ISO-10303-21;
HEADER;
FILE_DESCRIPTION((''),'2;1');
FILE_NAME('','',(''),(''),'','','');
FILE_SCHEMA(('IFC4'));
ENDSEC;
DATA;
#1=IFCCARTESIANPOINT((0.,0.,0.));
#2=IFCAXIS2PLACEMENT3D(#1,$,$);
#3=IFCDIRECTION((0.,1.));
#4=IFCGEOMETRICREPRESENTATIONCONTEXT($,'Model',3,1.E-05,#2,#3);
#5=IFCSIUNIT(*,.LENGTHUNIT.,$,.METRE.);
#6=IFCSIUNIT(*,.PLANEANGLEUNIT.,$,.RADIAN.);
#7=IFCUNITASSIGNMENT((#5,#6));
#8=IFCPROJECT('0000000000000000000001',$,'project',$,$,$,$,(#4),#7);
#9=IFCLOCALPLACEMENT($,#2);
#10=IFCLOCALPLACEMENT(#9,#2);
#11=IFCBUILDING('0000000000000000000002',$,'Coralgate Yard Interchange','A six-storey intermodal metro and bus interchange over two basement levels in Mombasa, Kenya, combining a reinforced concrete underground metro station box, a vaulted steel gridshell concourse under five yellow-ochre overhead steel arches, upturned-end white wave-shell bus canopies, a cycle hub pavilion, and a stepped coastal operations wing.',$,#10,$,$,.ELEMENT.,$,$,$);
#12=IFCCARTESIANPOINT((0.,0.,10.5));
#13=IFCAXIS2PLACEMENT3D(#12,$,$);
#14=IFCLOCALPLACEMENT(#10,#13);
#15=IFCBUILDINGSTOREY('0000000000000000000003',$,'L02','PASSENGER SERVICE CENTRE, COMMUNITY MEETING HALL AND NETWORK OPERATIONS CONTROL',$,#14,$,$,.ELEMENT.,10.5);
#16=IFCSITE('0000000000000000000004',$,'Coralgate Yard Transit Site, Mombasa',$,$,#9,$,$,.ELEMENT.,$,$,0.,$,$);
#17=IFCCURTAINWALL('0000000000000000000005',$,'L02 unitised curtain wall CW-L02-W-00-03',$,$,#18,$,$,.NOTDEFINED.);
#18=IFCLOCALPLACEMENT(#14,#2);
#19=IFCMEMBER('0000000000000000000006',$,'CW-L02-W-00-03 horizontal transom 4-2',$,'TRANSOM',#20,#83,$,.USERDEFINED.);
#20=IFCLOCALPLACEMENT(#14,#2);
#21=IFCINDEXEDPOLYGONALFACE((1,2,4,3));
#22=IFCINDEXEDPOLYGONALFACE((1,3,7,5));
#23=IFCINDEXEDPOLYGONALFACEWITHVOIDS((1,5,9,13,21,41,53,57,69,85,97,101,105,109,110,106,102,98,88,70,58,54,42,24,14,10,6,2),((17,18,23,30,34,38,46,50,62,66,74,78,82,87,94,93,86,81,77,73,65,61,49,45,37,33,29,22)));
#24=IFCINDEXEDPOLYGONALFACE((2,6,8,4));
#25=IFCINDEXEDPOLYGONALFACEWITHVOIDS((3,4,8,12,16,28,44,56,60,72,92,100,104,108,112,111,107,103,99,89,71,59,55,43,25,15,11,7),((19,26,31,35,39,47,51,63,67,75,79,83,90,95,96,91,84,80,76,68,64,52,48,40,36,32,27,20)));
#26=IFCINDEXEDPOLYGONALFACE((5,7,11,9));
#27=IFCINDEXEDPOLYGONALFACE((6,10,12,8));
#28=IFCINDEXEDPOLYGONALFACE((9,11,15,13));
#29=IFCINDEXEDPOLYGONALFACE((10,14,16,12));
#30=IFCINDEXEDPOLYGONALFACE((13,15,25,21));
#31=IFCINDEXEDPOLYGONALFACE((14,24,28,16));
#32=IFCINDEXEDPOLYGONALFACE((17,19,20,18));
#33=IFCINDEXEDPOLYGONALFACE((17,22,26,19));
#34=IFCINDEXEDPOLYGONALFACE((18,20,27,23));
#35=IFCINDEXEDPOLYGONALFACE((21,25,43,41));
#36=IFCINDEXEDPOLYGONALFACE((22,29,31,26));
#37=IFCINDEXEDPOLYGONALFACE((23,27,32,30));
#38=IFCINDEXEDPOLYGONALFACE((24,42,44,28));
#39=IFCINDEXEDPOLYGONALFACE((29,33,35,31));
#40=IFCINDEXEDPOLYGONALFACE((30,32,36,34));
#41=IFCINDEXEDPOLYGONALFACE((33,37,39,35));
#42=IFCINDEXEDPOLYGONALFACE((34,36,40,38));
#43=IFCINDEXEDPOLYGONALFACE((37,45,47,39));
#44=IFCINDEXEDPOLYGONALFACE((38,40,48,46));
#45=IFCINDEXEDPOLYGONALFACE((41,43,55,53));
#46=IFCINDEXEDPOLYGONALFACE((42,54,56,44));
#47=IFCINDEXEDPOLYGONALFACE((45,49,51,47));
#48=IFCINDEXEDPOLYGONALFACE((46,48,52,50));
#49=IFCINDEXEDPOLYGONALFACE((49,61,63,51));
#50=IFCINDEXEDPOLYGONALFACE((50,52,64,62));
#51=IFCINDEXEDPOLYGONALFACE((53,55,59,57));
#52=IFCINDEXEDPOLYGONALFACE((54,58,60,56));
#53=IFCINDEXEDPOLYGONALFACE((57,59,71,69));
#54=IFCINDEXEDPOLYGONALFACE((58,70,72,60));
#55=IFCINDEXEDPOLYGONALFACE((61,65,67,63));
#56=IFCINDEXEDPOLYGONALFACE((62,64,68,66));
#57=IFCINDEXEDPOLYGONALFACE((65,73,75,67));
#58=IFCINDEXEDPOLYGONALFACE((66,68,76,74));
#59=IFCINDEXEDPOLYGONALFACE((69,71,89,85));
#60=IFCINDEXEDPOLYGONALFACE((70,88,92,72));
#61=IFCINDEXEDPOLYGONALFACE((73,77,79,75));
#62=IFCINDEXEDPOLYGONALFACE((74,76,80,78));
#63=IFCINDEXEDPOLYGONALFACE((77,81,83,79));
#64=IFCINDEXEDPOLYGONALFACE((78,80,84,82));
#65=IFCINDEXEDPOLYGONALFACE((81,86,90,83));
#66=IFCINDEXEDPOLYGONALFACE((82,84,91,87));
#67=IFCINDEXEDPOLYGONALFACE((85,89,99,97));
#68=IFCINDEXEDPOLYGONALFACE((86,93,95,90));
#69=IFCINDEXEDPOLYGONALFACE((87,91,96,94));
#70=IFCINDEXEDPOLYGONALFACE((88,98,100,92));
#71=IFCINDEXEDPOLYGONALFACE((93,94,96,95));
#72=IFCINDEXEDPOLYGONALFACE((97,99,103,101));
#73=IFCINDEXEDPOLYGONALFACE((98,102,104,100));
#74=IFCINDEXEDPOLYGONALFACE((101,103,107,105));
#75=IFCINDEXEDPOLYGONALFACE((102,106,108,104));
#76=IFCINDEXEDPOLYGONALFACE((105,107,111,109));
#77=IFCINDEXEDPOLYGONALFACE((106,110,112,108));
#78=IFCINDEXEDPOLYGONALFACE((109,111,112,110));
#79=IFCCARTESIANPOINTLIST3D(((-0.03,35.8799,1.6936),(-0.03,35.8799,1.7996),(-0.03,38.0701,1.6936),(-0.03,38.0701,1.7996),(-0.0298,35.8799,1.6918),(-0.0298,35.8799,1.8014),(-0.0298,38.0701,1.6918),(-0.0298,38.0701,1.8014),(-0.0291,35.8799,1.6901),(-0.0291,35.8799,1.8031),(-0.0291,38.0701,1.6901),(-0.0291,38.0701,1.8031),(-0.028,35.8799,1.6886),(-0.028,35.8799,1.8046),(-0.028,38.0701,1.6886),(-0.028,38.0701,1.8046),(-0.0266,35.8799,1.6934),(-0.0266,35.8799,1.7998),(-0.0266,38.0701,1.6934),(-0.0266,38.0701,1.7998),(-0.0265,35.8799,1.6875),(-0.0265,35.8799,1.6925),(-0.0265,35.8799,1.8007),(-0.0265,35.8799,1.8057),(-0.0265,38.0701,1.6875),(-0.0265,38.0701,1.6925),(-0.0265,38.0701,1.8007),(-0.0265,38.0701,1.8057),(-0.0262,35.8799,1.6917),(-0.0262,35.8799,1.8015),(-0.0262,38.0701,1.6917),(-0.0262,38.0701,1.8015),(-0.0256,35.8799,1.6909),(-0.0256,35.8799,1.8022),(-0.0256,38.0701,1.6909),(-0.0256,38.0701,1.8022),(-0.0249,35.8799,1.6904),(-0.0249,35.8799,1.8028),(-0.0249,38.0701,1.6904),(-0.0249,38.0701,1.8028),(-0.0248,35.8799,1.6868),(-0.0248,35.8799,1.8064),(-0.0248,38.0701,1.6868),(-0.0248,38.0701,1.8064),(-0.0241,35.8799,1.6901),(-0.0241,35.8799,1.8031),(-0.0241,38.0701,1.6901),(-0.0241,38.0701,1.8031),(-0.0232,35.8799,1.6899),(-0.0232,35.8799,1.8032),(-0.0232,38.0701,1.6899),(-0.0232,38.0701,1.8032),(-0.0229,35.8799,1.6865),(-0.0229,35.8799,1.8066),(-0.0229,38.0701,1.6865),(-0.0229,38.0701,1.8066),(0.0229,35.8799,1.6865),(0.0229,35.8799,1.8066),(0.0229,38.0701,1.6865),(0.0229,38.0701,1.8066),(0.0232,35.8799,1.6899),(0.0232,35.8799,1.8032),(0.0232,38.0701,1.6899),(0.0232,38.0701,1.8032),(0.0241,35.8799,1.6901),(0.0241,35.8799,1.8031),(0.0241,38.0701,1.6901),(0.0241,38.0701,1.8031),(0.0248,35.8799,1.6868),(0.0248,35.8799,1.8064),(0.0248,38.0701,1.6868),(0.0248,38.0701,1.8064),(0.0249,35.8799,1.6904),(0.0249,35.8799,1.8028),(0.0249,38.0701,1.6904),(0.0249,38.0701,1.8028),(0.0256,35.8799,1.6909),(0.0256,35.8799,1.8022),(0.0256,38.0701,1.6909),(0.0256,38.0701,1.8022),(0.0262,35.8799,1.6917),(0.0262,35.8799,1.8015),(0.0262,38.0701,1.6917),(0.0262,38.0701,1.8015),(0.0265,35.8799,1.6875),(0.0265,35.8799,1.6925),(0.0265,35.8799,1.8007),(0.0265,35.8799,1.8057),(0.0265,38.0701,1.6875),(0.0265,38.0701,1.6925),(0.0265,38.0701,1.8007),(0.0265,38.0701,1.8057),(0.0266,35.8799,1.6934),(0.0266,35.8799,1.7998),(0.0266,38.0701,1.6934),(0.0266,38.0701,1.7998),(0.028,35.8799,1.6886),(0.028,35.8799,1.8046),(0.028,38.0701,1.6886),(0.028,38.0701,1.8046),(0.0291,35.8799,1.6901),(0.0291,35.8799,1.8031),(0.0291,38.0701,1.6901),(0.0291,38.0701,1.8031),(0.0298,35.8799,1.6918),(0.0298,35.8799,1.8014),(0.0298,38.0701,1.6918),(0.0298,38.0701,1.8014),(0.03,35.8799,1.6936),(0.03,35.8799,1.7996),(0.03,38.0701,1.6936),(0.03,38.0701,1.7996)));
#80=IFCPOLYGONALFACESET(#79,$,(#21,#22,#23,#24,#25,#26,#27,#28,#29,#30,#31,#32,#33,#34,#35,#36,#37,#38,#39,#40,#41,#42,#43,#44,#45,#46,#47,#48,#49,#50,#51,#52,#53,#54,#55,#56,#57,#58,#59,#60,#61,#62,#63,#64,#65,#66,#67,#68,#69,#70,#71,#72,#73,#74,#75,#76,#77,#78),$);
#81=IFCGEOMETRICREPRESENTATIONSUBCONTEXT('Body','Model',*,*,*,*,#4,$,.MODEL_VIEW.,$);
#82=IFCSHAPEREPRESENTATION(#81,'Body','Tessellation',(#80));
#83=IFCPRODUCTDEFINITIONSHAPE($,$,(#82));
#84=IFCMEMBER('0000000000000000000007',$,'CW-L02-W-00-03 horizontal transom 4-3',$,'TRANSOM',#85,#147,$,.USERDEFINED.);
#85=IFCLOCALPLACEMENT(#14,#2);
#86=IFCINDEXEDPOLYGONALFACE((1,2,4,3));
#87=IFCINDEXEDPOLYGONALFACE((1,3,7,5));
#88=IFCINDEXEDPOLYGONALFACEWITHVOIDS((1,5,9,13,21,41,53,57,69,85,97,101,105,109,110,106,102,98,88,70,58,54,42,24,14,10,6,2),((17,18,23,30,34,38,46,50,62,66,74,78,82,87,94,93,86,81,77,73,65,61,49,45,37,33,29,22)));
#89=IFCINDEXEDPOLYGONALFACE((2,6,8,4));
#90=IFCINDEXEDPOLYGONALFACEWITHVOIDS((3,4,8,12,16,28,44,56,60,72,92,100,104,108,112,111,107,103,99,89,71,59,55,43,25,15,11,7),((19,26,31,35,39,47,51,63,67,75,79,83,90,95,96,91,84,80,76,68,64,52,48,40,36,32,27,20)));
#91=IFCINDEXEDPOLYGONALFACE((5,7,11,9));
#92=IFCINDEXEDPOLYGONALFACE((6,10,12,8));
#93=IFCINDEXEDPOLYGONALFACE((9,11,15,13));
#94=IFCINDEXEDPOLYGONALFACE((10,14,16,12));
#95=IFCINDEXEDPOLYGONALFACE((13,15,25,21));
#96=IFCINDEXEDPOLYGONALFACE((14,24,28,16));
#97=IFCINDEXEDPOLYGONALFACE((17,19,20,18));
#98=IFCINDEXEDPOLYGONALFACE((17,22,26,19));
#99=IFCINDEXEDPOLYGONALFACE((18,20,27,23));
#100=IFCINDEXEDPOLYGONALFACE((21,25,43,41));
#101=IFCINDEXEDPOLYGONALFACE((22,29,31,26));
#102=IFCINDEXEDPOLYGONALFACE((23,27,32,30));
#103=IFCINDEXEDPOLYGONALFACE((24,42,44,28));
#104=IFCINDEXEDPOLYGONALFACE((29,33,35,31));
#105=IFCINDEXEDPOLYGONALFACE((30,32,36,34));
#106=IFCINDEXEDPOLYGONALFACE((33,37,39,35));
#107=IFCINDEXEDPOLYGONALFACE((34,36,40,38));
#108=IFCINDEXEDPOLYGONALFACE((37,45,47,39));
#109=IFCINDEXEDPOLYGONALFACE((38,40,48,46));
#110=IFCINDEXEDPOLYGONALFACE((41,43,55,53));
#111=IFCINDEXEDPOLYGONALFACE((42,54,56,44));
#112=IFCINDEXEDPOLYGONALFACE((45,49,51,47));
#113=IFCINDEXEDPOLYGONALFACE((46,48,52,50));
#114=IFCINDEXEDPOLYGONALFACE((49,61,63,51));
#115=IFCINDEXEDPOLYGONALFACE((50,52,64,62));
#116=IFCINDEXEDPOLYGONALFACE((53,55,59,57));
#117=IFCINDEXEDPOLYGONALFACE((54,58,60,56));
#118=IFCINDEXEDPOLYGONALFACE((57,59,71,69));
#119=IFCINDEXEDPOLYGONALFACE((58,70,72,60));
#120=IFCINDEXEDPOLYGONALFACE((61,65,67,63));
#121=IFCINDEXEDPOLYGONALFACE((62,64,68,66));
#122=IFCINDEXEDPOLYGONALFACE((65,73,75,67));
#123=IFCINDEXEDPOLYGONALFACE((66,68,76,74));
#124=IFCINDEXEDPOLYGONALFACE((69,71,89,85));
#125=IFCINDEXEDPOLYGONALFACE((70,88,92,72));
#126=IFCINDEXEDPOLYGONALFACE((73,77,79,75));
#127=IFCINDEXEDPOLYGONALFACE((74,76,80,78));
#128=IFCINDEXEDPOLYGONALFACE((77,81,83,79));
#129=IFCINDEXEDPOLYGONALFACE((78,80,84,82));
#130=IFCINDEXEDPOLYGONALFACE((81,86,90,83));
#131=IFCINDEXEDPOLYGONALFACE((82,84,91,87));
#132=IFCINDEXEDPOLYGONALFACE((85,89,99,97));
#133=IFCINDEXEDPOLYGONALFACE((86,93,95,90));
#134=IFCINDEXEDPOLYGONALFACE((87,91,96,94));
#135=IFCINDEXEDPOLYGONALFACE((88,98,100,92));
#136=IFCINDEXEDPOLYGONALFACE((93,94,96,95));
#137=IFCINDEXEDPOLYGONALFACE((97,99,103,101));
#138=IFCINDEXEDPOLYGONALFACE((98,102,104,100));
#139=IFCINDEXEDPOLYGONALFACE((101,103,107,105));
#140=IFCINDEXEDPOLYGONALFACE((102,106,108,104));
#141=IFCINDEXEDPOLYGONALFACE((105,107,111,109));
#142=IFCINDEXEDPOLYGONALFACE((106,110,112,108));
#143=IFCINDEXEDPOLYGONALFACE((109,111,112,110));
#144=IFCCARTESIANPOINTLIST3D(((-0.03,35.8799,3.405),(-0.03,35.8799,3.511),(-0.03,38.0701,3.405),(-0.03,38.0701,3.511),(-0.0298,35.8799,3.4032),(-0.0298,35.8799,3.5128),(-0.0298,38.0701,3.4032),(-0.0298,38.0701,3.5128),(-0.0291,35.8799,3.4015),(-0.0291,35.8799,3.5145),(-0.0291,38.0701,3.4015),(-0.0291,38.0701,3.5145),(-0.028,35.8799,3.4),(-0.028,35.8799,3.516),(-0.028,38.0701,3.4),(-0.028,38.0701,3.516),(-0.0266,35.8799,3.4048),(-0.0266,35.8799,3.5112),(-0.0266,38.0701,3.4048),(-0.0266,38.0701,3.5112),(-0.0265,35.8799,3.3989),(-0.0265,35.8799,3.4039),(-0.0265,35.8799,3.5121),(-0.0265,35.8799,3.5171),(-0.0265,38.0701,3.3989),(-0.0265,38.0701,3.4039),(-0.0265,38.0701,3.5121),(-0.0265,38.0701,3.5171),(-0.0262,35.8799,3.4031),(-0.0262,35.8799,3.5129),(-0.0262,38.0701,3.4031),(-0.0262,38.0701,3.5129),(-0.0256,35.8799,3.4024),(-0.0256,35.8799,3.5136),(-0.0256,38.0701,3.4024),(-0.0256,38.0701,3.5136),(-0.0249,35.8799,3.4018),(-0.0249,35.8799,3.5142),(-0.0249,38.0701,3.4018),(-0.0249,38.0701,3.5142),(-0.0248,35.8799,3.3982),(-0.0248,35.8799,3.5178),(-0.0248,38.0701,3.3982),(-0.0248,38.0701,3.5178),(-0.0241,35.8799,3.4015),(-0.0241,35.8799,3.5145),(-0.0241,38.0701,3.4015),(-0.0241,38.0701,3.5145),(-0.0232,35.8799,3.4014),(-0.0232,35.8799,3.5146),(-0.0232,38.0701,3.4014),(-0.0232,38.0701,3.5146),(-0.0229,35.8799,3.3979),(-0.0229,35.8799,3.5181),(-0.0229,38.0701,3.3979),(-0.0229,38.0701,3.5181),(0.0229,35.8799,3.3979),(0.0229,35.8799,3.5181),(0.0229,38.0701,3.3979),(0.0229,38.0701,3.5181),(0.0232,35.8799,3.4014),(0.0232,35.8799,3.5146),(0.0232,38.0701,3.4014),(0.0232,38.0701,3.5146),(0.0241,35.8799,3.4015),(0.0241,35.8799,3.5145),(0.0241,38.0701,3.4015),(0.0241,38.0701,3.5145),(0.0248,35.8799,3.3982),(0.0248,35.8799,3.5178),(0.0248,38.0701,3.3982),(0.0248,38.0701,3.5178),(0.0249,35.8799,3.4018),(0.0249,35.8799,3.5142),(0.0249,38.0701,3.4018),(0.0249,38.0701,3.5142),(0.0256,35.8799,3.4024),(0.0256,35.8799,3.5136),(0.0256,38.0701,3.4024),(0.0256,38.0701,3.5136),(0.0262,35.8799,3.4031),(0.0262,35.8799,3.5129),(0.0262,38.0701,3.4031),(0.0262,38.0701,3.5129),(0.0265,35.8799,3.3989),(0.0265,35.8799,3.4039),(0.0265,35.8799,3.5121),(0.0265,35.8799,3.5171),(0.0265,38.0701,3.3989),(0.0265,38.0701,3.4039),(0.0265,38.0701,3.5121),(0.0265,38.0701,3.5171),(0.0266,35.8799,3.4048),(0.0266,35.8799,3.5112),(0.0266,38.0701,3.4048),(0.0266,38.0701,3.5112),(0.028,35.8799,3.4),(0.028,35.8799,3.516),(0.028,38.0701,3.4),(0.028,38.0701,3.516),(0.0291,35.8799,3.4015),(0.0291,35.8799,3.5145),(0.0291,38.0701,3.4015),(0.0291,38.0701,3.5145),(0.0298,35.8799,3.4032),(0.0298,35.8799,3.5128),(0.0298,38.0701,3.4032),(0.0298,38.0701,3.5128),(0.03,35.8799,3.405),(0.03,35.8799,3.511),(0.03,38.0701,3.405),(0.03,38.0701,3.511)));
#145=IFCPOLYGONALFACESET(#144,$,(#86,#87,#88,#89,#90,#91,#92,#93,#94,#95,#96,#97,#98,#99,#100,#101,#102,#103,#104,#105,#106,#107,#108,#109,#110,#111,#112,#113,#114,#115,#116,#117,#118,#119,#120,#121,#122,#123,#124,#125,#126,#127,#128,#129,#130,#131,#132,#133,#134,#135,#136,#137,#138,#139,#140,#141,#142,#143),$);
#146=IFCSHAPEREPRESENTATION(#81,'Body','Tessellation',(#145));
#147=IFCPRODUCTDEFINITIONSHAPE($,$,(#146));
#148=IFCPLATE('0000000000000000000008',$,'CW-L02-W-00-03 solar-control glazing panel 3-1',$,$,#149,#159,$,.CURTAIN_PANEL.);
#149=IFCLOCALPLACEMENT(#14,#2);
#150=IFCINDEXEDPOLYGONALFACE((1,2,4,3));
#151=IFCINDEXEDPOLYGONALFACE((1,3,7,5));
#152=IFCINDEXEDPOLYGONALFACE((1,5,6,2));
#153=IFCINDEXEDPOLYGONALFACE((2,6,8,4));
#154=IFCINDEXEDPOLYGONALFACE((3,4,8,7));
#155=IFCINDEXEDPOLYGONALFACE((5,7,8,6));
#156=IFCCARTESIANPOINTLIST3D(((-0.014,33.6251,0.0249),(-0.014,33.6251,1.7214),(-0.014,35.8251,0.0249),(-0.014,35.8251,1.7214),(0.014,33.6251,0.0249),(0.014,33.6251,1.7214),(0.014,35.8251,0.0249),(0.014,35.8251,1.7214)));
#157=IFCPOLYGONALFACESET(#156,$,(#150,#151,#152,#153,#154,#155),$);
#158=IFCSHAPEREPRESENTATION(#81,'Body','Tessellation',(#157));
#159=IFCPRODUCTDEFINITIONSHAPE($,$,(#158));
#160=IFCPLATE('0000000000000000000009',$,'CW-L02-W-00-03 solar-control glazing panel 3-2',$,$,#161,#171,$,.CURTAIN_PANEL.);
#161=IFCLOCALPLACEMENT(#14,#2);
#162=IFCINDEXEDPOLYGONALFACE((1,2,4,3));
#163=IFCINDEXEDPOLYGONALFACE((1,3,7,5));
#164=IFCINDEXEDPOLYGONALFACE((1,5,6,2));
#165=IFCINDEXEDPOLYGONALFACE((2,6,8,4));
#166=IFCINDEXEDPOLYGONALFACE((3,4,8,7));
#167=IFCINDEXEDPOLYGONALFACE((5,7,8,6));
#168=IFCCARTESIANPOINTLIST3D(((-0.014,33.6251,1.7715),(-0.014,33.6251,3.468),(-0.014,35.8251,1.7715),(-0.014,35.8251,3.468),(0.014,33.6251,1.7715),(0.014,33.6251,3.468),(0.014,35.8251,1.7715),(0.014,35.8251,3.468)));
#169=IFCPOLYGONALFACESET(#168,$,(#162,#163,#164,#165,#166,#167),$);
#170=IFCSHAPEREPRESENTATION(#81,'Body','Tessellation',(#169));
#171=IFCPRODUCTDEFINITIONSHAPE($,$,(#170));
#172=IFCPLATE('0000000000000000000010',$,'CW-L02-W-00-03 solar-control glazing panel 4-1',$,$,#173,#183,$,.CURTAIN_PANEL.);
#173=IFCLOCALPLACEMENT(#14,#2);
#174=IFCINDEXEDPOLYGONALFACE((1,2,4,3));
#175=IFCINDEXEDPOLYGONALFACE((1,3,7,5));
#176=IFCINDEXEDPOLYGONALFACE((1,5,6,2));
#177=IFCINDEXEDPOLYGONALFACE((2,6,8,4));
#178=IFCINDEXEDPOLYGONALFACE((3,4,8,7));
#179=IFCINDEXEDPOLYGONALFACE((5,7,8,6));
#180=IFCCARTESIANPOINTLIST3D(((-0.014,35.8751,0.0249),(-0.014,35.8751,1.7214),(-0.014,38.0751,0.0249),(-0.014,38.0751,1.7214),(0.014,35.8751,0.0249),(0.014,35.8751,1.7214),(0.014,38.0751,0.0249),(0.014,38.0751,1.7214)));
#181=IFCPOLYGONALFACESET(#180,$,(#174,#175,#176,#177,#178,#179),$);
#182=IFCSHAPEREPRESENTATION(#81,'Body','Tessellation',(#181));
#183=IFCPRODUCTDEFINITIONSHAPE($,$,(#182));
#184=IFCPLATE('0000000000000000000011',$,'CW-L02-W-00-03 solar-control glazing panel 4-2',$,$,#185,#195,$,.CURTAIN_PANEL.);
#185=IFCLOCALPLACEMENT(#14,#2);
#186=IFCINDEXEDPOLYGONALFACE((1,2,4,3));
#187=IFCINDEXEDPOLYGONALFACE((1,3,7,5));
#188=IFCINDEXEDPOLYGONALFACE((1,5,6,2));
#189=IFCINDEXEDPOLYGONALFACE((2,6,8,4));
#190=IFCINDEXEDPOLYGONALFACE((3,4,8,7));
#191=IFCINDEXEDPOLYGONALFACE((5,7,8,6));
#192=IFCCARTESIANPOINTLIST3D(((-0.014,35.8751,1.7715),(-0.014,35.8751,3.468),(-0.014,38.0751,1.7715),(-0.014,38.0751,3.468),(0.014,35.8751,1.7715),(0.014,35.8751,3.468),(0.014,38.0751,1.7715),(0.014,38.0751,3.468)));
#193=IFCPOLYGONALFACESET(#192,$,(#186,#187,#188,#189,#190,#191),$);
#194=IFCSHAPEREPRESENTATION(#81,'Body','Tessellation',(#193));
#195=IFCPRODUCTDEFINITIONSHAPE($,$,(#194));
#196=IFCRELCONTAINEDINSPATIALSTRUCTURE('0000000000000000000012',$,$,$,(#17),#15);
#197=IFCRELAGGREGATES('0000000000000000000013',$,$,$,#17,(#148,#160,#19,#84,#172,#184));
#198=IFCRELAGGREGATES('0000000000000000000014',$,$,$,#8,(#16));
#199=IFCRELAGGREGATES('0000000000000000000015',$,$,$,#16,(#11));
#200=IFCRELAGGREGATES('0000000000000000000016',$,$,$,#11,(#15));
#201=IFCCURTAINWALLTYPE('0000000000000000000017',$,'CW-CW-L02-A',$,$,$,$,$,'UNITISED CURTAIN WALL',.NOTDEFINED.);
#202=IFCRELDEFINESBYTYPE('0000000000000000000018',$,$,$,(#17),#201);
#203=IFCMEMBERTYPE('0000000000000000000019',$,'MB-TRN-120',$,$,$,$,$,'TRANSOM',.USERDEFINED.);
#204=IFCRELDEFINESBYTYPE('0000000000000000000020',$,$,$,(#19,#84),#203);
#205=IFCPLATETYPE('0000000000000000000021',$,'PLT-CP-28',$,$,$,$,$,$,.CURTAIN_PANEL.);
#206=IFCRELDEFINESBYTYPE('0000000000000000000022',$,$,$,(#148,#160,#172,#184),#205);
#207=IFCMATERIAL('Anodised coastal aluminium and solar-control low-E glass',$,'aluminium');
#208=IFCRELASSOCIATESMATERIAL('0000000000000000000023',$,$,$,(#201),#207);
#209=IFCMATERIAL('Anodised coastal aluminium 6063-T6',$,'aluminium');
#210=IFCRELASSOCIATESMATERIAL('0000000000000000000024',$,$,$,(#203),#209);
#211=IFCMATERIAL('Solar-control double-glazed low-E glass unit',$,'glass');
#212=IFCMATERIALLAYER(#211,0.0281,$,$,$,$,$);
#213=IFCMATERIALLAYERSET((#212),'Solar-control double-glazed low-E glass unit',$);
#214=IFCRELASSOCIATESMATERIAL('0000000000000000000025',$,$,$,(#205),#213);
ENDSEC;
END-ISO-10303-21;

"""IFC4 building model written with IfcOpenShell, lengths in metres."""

from ifc_helpers import new_model, si_unit, direction, frame, origin, origin_2d, place, context, subcontext, project, spatial, rectangle, hollow_rectangle, extrude, material, layer, layer_set, material_profile, profile_set, type_object, element, aggregate, save


model = new_model("IFC4")

# Units and contexts
model_context = context("Model", 3, precision=1e-05, world=origin(), true_north=direction((0.0, 1.0)))
body_context = subcontext(model_context, "Body", "Model", "MODEL_VIEW")
ifc_project = project(units=[si_unit("LENGTHUNIT", "METRE"), si_unit("PLANEANGLEUNIT", "RADIAN")], contexts=[model_context])

# Site, building, storey
site_placement = place(None, origin())
site = spatial("IfcSite", under=ifc_project, at=site_placement, Name="Coralgate Yard Transit Site, Mombasa", CompositionType="ELEMENT", RefElevation=0.0)
building_placement = place(site_placement, origin())
building = spatial("IfcBuilding", under=site, at=building_placement, Name="Coralgate Yard Interchange", Description="A six-storey intermodal metro and bus interchange over two basement levels in Mombasa, Kenya, combining a reinforced concrete underground metro station box, a vaulted steel gridshell concourse under five yellow-ochre overhead steel arches, upturned-end white wave-shell bus canopies, a cycle hub pavilion, and a stepped coastal operations wing.", CompositionType="ELEMENT")
storey_placement = place(building_placement, frame((0.0, 0.0, 10.5)))
storey = spatial("IfcBuildingStorey", under=building, at=storey_placement, Name="L02", Description="PASSENGER SERVICE CENTRE, COMMUNITY MEETING HALL AND NETWORK OPERATIONS CONTROL", CompositionType="ELEMENT", Elevation=10.5)

# Curtain wall, members, plates
ifc_material_1 = material(Name="Anodised coastal aluminium and solar-control low-E glass", Category="aluminium")
curtain_wall_type = type_object("IfcCurtainWallType", Name="CW-CW-L02-A", ElementType="UNITISED CURTAIN WALL", PredefinedType="NOTDEFINED", material=ifc_material_1)
curtain_wall_placement = place(storey_placement, origin())
curtain_wall = element("IfcCurtainWall", 1, at=curtain_wall_placement, inside=storey, type_object=curtain_wall_type, Name="L02 unitised curtain wall CW-L02-W-00-03", PredefinedType="NOTDEFINED")
ifc_material_2 = material(Name="Anodised coastal aluminium 6063-T6", Category="aluminium")
ifc_material_profile_1 = material_profile(ifc_material_2, hollow_rectangle(XDim=0.0601, YDim=0.1201, WallThickness=0.0034, InnerFilletRadius=0.0034, OuterFilletRadius=0.0071, at=origin_2d()), Name="ALU 60x120x3.5")
ifc_profile_set_1 = profile_set([ifc_material_profile_1], Name="Anodised coastal aluminium 6063-T6")
member_type_1 = type_object("IfcMemberType", Name="MB-TRN-120", ElementType="TRANSOM", PredefinedType="USERDEFINED", material=ifc_profile_set_1)
member_1_placement = place(storey_placement, frame((0.0, 35.8799, 1.7466), z_axis=(0.0, 1.0, 0.0), x_axis=(-1.0, 0.0, 0.0)))
member_1 = element("IfcMember", 2, at=member_1_placement, type_object=member_type_1, Name="CW-L02-W-00-03 horizontal transom 4-2", ObjectType="TRANSOM", PredefinedType="USERDEFINED", context=body_context, shape_type="SweptSolid", body=[
    extrude(hollow_rectangle(XDim=0.0601, YDim=0.1201, WallThickness=0.0034, InnerFilletRadius=0.0034, OuterFilletRadius=0.0071, at=origin_2d()), origin(), (0.0, 0.0, 1.0), 2.1902),
])
member_2_placement = place(storey_placement, frame((0.0, 35.8799, 3.458), z_axis=(0.0, 1.0, 0.0), x_axis=(-1.0, 0.0, 0.0)))
member_2 = element("IfcMember", 3, at=member_2_placement, type_object=member_type_1, Name="CW-L02-W-00-03 horizontal transom 4-3", ObjectType="TRANSOM", PredefinedType="USERDEFINED", context=body_context, shape_type="SweptSolid", body=[
    extrude(hollow_rectangle(XDim=0.0601, YDim=0.1201, WallThickness=0.0034, InnerFilletRadius=0.0034, OuterFilletRadius=0.0071, at=origin_2d()), origin(), (0.0, 0.0, 1.0), 2.1902),
])
ifc_material_3 = material(Name="Solar-control double-glazed low-E glass unit", Category="glass")
ifc_layer_1 = layer(ifc_material_3, 0.0281)
ifc_layer_set_1 = layer_set([ifc_layer_1], Name="Solar-control double-glazed low-E glass unit")
plate_type = type_object("IfcPlateType", Name="PLT-CP-28", PredefinedType="CURTAIN_PANEL", material=ifc_layer_set_1)
plate_1_placement = place(storey_placement, frame((0.0, 34.7251, 0.0249), z_axis=(0.0, 0.0, 1.0), x_axis=(0.0, 1.0, 0.0)))
plate_1 = element("IfcPlate", 4, at=plate_1_placement, type_object=plate_type, Name="CW-L02-W-00-03 solar-control glazing panel 3-1", PredefinedType="CURTAIN_PANEL", context=body_context, shape_type="SweptSolid", body=[
    extrude(rectangle(XDim=2.2, YDim=0.0281, at=origin_2d()), origin(), (0.0, 0.0, 1.0), 1.6965),
])
plate_2_placement = place(storey_placement, frame((0.0, 34.7251, 1.7715), z_axis=(0.0, 0.0, 1.0), x_axis=(0.0, 1.0, 0.0)))
plate_2 = element("IfcPlate", 5, at=plate_2_placement, type_object=plate_type, Name="CW-L02-W-00-03 solar-control glazing panel 3-2", PredefinedType="CURTAIN_PANEL", context=body_context, shape_type="SweptSolid", body=[
    extrude(rectangle(XDim=2.2, YDim=0.0281, at=origin_2d()), origin(), (0.0, 0.0, 1.0), 1.6965),
])
plate_3_placement = place(storey_placement, frame((0.0, 36.9751, 0.0249), z_axis=(0.0, 0.0, 1.0), x_axis=(0.0, 1.0, 0.0)))
plate_3 = element("IfcPlate", 6, at=plate_3_placement, type_object=plate_type, Name="CW-L02-W-00-03 solar-control glazing panel 4-1", PredefinedType="CURTAIN_PANEL", context=body_context, shape_type="SweptSolid", body=[
    extrude(rectangle(XDim=2.2, YDim=0.0281, at=origin_2d()), origin(), (0.0, 0.0, 1.0), 1.6965),
])
plate_4_placement = place(storey_placement, frame((0.0, 36.9751, 1.7715), z_axis=(0.0, 0.0, 1.0), x_axis=(0.0, 1.0, 0.0)))
plate_4 = element("IfcPlate", 7, at=plate_4_placement, type_object=plate_type, Name="CW-L02-W-00-03 solar-control glazing panel 4-2", PredefinedType="CURTAIN_PANEL", context=body_context, shape_type="SweptSolid", body=[
    extrude(rectangle(XDim=2.2, YDim=0.0281, at=origin_2d()), origin(), (0.0, 0.0, 1.0), 1.6965),
])
aggregate(curtain_wall, [plate_1, plate_2, member_1, member_2, plate_3, plate_4])

save(model, "model.ifc")
